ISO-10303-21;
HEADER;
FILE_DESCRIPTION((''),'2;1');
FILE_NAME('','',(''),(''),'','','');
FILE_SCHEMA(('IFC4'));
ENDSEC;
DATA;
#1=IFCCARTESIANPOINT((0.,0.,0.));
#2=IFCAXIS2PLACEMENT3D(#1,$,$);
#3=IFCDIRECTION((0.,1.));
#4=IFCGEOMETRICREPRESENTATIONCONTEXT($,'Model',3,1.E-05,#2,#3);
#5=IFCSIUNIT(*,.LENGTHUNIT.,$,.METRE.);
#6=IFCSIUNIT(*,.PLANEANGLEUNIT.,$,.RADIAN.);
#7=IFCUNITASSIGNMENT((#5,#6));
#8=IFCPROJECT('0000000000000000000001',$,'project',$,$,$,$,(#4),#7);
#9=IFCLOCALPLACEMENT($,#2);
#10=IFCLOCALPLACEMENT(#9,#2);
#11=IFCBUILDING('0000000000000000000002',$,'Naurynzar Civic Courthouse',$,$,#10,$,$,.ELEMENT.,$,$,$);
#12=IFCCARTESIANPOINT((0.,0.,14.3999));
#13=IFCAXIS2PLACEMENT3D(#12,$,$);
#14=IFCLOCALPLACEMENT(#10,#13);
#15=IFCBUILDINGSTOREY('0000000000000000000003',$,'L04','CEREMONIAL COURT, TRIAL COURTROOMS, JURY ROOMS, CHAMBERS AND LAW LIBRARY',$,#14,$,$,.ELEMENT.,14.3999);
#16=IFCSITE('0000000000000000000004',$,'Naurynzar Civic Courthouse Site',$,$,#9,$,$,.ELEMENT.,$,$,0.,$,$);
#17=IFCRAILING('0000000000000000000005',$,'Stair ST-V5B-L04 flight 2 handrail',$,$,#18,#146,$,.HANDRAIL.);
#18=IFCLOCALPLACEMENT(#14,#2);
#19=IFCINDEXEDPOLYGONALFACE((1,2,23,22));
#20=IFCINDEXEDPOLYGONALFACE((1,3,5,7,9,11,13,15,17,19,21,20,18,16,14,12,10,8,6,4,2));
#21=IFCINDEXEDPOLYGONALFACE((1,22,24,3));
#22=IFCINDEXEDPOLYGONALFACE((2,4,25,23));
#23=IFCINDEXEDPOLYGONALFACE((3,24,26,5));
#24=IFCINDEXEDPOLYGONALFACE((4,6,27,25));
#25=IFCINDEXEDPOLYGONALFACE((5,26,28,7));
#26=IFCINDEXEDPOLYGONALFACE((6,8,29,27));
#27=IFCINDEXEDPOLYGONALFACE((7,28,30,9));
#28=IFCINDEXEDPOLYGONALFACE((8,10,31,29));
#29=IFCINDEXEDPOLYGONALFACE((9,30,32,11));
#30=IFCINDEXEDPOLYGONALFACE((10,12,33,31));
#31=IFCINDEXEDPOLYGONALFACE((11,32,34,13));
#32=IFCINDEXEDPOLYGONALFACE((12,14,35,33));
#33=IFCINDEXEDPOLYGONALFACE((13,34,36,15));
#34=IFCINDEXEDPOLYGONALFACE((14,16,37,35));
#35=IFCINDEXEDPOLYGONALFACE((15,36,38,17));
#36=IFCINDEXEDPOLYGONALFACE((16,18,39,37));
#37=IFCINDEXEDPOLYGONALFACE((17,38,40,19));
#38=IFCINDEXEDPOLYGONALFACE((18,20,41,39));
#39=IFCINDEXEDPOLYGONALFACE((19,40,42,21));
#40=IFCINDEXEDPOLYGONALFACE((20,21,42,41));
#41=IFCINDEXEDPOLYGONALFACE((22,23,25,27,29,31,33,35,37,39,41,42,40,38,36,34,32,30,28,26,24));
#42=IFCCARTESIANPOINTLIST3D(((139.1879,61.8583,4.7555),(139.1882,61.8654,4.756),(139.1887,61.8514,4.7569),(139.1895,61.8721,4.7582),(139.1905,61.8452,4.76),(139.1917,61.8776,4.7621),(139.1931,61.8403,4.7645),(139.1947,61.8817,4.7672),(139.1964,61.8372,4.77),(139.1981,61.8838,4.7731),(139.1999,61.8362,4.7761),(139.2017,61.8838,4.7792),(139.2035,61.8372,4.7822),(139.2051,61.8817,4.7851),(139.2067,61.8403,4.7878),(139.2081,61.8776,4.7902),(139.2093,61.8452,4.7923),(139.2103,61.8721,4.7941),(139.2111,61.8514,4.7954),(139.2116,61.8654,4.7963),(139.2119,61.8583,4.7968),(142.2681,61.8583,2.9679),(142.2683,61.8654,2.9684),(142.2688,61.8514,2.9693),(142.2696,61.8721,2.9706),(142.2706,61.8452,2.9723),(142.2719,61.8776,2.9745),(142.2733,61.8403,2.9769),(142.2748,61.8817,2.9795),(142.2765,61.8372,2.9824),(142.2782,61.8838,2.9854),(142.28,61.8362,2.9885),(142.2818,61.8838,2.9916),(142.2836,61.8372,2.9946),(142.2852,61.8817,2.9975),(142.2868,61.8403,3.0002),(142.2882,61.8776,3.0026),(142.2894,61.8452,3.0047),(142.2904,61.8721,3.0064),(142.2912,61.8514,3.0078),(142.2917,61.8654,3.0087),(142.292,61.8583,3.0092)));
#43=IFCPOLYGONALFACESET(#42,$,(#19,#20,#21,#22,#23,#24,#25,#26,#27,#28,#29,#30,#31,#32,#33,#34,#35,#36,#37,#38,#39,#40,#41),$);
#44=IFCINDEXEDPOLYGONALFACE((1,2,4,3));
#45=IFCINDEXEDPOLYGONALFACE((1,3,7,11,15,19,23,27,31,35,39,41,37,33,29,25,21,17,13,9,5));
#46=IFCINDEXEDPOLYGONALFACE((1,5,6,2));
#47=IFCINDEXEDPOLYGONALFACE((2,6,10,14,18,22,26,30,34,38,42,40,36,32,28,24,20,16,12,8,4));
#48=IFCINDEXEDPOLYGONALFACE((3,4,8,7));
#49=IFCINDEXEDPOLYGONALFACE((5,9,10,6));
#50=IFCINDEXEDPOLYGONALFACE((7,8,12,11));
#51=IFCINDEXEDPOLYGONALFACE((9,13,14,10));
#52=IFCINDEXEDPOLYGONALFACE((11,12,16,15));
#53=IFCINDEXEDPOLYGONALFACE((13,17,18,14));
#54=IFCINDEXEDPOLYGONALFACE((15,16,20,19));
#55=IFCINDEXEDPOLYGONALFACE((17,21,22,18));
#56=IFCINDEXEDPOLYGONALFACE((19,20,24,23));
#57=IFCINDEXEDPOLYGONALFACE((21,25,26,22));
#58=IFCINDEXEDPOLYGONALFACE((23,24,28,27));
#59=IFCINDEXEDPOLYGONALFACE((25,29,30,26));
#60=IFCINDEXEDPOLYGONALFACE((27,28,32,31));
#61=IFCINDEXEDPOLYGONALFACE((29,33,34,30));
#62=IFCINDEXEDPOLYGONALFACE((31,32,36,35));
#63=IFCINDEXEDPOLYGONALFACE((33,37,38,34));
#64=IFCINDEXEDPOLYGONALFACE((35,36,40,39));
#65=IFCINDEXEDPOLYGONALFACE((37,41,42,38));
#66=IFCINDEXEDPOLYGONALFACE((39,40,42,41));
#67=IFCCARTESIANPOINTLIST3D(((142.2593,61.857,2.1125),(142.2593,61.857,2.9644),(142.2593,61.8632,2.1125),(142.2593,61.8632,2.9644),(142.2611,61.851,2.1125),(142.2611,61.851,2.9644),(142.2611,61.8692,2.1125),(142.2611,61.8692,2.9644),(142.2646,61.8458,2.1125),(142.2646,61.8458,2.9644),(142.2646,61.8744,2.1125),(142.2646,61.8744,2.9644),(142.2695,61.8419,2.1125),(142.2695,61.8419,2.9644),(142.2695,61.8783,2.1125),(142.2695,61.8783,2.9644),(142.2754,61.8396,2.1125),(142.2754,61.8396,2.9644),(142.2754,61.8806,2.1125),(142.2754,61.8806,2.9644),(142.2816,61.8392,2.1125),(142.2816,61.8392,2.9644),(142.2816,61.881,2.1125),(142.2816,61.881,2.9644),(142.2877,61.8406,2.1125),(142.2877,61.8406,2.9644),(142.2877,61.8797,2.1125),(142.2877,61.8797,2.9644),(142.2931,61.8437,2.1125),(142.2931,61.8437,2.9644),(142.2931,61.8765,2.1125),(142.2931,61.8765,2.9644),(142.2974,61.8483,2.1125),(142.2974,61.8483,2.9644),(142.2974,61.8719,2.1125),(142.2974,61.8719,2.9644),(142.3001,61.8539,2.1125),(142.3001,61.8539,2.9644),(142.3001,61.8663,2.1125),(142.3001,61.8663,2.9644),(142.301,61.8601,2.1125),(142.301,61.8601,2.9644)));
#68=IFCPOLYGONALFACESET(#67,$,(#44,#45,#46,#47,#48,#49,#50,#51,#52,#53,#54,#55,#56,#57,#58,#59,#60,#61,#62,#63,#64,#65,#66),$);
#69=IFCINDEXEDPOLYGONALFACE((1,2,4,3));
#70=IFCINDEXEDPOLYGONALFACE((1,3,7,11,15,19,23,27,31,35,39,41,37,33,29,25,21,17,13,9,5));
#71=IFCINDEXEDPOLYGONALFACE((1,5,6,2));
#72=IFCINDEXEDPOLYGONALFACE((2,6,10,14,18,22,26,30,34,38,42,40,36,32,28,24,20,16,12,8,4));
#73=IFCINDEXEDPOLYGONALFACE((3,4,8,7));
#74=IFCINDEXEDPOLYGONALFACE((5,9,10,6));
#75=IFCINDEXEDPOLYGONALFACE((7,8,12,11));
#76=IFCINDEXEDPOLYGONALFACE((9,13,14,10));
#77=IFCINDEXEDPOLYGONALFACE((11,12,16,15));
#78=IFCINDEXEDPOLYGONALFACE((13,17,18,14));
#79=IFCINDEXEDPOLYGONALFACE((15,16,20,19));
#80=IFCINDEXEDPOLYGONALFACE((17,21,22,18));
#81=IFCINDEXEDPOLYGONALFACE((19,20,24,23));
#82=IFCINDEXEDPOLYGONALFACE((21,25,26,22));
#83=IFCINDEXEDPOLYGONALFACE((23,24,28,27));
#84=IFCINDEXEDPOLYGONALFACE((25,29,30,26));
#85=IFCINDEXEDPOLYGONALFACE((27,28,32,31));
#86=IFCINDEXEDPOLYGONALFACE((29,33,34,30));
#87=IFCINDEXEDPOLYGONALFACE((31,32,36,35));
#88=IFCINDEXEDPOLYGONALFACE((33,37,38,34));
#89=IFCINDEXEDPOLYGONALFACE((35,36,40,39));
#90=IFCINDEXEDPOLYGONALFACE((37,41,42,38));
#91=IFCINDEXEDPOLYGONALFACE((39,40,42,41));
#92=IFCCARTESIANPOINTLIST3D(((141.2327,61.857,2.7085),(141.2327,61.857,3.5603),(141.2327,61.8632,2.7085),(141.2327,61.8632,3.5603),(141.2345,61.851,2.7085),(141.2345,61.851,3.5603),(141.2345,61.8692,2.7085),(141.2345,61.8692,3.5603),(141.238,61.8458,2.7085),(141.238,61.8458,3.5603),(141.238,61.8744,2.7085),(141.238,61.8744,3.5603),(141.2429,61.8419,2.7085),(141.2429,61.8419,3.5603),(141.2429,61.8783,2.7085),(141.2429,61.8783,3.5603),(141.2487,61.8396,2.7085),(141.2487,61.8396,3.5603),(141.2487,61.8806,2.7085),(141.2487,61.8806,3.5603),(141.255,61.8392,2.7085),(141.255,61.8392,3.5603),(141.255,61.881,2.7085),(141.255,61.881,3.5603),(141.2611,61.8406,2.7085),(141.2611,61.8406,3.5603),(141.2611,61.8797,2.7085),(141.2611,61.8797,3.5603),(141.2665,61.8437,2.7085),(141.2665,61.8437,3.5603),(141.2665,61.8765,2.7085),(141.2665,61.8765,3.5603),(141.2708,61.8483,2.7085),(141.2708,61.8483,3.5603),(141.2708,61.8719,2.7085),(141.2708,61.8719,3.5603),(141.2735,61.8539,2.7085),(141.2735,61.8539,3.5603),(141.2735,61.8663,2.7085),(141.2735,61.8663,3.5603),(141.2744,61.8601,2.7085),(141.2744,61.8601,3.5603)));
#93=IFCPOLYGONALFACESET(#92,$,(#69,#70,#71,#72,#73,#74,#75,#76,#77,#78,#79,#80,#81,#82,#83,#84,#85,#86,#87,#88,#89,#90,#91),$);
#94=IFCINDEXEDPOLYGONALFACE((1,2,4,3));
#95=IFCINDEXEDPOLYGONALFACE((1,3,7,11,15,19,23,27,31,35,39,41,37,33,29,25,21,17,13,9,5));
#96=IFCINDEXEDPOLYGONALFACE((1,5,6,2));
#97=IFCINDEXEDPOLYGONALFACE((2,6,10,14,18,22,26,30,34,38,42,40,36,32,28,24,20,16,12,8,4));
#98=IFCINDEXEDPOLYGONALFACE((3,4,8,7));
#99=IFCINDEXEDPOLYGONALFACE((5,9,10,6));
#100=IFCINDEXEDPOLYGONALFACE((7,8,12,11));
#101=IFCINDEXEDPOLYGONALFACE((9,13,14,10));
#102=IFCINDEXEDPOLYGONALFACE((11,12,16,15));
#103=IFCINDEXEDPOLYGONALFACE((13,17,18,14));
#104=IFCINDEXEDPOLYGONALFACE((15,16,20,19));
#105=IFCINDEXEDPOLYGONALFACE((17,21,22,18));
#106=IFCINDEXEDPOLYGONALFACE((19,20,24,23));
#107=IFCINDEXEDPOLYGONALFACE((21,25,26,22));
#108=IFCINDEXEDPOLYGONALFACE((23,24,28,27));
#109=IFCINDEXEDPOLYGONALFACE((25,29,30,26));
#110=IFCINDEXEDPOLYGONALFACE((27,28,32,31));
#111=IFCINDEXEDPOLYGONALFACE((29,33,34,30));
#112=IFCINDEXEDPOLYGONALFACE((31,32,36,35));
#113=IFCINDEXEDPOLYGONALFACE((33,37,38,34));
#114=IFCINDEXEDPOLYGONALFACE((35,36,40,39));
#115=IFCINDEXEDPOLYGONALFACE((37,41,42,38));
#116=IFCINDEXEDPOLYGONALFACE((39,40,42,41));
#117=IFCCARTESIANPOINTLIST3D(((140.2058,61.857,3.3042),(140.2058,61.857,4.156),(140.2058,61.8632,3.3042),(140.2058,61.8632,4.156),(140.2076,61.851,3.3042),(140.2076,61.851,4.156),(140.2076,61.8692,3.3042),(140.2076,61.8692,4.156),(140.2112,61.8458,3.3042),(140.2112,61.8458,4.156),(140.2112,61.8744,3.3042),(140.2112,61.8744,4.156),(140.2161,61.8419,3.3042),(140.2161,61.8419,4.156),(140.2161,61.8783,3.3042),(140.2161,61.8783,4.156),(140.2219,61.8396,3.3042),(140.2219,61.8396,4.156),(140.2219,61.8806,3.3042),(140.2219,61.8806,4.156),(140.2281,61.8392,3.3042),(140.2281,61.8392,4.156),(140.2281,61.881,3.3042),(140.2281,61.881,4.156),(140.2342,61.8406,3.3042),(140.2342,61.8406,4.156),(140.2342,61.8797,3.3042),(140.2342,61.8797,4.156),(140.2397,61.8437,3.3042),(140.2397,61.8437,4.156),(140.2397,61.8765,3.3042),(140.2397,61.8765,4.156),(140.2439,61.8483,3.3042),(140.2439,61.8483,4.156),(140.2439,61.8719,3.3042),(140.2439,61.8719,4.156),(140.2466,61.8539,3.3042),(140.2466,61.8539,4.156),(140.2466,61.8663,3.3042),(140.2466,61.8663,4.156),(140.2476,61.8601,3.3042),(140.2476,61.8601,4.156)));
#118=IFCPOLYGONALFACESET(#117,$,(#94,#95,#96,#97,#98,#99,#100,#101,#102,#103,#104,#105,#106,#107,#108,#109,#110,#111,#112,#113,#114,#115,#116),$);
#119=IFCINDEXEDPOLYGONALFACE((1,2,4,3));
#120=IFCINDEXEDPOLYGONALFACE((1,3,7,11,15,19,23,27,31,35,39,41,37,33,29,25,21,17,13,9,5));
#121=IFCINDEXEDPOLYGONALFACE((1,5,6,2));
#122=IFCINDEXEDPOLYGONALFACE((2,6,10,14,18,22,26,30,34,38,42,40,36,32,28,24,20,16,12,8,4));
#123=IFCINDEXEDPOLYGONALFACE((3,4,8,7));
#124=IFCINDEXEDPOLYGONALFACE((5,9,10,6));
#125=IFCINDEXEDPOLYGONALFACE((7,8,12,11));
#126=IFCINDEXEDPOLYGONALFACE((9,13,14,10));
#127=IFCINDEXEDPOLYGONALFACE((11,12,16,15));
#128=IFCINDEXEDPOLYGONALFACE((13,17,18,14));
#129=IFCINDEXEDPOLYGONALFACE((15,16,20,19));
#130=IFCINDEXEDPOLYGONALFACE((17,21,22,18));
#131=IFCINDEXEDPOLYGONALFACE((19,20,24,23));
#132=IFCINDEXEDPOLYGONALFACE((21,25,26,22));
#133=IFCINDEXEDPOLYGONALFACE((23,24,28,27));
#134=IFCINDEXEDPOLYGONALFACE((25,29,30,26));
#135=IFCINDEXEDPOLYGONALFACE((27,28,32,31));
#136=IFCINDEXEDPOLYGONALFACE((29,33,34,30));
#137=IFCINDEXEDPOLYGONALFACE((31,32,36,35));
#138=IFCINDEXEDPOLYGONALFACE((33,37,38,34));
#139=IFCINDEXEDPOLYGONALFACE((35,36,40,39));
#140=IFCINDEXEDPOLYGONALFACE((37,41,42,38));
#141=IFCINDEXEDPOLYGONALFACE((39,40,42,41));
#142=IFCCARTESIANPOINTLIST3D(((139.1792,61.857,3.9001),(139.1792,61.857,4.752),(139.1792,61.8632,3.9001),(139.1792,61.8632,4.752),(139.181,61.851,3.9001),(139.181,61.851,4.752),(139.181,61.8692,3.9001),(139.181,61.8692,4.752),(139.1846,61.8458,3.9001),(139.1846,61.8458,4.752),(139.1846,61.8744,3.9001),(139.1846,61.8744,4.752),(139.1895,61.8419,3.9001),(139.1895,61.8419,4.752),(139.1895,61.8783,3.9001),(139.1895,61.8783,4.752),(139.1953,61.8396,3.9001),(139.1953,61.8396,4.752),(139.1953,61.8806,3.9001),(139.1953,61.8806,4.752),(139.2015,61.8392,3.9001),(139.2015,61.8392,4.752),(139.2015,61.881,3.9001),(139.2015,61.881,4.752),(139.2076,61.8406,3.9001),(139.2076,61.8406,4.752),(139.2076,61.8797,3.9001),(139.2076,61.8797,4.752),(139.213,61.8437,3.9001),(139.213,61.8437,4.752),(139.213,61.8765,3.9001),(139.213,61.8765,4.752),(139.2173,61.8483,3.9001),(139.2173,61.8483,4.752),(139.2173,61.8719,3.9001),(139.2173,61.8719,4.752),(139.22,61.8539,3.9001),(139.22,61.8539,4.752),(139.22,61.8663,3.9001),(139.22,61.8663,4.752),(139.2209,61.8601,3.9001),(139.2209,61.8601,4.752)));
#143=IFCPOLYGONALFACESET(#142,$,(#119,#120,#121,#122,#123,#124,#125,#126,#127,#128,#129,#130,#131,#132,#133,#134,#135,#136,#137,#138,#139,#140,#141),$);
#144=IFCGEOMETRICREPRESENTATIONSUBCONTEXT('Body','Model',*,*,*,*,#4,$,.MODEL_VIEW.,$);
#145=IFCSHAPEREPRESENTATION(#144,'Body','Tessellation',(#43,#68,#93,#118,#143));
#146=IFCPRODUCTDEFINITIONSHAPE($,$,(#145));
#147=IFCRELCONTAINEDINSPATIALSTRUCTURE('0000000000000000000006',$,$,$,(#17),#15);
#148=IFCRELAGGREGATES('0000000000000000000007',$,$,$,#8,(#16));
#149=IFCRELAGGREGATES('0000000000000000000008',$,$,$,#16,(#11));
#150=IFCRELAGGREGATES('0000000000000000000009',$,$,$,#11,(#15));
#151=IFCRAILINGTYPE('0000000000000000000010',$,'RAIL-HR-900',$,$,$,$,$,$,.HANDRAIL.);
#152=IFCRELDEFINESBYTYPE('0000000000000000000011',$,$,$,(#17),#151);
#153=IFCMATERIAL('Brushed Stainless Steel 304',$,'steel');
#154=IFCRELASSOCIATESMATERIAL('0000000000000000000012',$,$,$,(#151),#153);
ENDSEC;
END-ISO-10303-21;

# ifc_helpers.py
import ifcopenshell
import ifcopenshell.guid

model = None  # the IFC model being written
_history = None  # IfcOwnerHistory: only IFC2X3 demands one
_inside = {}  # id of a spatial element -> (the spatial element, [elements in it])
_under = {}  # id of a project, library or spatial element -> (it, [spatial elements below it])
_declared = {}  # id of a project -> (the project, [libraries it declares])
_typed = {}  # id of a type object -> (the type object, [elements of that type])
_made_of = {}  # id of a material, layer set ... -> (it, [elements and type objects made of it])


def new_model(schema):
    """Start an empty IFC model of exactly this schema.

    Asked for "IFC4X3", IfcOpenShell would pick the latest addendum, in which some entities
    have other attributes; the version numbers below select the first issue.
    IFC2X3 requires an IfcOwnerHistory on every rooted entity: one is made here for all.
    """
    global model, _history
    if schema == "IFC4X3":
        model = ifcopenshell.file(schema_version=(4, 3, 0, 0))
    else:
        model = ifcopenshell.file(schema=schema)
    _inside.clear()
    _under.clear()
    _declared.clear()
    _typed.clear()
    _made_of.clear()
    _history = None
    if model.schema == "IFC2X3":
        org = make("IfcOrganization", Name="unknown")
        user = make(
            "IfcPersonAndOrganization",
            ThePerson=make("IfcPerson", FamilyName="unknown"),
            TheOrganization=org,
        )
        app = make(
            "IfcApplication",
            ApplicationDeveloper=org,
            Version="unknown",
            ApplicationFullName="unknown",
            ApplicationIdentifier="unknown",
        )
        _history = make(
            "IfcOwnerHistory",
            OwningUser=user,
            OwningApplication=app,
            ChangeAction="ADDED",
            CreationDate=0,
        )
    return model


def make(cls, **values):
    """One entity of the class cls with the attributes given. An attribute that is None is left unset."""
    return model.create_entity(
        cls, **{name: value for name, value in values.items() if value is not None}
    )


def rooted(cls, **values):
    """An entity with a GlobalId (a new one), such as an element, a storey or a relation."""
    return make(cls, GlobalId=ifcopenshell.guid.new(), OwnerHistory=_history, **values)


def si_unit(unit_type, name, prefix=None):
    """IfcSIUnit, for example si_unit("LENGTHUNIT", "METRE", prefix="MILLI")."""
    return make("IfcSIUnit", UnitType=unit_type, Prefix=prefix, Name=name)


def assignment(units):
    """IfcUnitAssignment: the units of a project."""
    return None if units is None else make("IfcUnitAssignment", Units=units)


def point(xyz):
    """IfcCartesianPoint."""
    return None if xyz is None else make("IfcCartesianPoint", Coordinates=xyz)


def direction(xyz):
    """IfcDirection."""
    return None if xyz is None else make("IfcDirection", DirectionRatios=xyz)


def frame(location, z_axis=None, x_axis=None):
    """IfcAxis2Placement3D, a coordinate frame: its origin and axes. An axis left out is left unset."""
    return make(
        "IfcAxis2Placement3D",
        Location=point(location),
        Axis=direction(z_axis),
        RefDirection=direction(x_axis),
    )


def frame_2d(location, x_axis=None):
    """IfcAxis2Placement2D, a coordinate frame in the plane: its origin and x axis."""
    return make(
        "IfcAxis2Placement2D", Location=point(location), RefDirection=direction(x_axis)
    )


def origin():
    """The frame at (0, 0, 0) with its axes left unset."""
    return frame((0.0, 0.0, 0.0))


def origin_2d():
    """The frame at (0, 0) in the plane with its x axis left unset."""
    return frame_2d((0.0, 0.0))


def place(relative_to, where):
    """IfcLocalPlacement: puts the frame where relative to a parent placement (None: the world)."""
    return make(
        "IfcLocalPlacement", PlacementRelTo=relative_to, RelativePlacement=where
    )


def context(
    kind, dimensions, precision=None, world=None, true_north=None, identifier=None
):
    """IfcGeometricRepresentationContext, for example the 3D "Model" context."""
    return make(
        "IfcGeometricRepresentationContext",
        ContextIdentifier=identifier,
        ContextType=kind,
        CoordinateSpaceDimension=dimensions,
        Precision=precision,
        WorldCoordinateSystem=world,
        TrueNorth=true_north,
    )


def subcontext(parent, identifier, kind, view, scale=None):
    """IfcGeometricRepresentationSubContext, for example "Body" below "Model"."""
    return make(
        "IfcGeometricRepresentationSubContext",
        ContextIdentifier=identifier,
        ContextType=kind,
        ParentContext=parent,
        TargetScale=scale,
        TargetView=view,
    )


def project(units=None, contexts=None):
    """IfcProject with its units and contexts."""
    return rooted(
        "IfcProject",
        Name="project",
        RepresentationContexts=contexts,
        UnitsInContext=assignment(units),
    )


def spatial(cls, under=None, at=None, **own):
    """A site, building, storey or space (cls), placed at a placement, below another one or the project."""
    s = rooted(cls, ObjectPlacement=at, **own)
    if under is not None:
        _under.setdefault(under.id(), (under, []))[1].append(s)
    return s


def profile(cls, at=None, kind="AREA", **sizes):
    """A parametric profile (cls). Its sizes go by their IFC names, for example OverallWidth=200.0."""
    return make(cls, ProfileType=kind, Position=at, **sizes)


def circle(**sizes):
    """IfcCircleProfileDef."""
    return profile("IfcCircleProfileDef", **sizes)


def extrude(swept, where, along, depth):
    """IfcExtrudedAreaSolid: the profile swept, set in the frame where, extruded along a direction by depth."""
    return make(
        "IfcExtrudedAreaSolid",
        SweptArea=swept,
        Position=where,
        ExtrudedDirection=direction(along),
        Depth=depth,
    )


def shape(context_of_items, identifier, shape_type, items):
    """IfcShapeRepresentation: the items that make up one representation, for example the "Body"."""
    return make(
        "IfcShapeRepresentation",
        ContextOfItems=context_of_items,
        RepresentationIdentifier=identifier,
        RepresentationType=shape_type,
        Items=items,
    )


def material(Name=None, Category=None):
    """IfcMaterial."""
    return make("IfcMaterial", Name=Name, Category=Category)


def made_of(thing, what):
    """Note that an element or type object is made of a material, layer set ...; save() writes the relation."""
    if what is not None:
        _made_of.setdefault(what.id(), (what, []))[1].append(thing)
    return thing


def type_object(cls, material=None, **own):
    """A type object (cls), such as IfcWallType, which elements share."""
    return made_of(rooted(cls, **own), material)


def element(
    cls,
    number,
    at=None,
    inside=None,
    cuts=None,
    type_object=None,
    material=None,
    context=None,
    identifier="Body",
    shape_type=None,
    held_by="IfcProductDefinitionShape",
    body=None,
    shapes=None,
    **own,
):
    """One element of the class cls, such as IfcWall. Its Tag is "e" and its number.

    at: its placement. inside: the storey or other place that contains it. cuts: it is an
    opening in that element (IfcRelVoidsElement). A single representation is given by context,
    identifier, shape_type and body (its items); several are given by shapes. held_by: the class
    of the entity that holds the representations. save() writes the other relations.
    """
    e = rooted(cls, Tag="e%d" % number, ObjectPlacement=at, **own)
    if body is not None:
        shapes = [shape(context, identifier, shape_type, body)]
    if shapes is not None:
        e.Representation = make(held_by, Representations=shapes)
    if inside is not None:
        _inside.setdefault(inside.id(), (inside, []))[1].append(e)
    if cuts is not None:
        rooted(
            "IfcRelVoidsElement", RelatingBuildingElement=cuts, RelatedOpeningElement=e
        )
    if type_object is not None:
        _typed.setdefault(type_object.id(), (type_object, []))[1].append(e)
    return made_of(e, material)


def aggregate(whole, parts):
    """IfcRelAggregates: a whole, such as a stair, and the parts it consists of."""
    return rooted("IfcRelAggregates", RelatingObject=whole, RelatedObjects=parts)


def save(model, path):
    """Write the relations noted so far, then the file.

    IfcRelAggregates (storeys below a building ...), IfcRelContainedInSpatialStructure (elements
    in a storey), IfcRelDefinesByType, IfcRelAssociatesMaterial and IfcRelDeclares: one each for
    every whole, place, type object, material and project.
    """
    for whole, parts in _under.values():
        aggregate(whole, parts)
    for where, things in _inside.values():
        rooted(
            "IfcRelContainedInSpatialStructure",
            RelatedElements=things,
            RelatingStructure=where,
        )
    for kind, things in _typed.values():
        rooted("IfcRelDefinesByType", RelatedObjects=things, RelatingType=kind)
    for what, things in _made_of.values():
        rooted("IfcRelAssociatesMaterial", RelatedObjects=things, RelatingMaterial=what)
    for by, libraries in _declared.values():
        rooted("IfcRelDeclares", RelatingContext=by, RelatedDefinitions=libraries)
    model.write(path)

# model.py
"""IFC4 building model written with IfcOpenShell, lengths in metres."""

from ifc_helpers import new_model, si_unit, direction, frame, origin, origin_2d, place, context, subcontext, project, spatial, circle, extrude, material, type_object, element, save


model = new_model("IFC4")

# Units and contexts
model_context = context("Model", 3, precision=1e-05, world=origin(), true_north=direction((0.0, 1.0)))
body_context = subcontext(model_context, "Body", "Model", "MODEL_VIEW")
ifc_project = project(units=[si_unit("LENGTHUNIT", "METRE"), si_unit("PLANEANGLEUNIT", "RADIAN")], contexts=[model_context])

# Site, building, storey
site_placement = place(None, origin())
site = spatial("IfcSite", under=ifc_project, at=site_placement, Name="Naurynzar Civic Courthouse Site", CompositionType="ELEMENT", RefElevation=0.0)
building_placement = place(site_placement, origin())
building = spatial("IfcBuilding", under=site, at=building_placement, Name="Naurynzar Civic Courthouse", CompositionType="ELEMENT")
storey_placement = place(building_placement, frame((0.0, 0.0, 14.3999)))
storey = spatial("IfcBuildingStorey", under=building, at=storey_placement, Name="L04", Description="CEREMONIAL COURT, TRIAL COURTROOMS, JURY ROOMS, CHAMBERS AND LAW LIBRARY", CompositionType="ELEMENT", Elevation=14.3999)

# Railing
ifc_material_1 = material(Name="Brushed Stainless Steel 304", Category="steel")
railing_type_1 = type_object("IfcRailingType", Name="RAIL-HR-900", PredefinedType="HANDRAIL", material=ifc_material_1)
railing_1_placement = place(storey_placement, frame((142.28, 61.8601, 2.1125)))
element("IfcRailing", 1, at=railing_1_placement, inside=storey, type_object=railing_type_1, Name="Stair ST-V5B-L04 flight 2 handrail", PredefinedType="HANDRAIL", context=body_context, shape_type="SweptSolid", body=[
    extrude(circle(Radius=0.0239, at=origin_2d()), frame((0.0, 0.0, 0.876), z_axis=(-0.864891, 0.0, 0.50196), x_axis=(0.0, -1.0, 0.0)), (0.0, 0.0, 1.0), 3.5613),
    extrude(circle(Radius=0.021, at=origin_2d()), origin(), (0.0, 0.0, 1.0), 0.8518),
    extrude(circle(Radius=0.021, at=origin_2d()), frame((-1.0266, 0.0, 0.5959)), (0.0, 0.0, 1.0), 0.8518),
    extrude(circle(Radius=0.021, at=origin_2d()), frame((-2.0535, 0.0, 1.1917)), (0.0, 0.0, 1.0), 0.8518),
    extrude(circle(Radius=0.021, at=origin_2d()), frame((-3.0801, 0.0, 1.7876)), (0.0, 0.0, 1.0), 0.8518),
])

save(model, "model.ifc")
